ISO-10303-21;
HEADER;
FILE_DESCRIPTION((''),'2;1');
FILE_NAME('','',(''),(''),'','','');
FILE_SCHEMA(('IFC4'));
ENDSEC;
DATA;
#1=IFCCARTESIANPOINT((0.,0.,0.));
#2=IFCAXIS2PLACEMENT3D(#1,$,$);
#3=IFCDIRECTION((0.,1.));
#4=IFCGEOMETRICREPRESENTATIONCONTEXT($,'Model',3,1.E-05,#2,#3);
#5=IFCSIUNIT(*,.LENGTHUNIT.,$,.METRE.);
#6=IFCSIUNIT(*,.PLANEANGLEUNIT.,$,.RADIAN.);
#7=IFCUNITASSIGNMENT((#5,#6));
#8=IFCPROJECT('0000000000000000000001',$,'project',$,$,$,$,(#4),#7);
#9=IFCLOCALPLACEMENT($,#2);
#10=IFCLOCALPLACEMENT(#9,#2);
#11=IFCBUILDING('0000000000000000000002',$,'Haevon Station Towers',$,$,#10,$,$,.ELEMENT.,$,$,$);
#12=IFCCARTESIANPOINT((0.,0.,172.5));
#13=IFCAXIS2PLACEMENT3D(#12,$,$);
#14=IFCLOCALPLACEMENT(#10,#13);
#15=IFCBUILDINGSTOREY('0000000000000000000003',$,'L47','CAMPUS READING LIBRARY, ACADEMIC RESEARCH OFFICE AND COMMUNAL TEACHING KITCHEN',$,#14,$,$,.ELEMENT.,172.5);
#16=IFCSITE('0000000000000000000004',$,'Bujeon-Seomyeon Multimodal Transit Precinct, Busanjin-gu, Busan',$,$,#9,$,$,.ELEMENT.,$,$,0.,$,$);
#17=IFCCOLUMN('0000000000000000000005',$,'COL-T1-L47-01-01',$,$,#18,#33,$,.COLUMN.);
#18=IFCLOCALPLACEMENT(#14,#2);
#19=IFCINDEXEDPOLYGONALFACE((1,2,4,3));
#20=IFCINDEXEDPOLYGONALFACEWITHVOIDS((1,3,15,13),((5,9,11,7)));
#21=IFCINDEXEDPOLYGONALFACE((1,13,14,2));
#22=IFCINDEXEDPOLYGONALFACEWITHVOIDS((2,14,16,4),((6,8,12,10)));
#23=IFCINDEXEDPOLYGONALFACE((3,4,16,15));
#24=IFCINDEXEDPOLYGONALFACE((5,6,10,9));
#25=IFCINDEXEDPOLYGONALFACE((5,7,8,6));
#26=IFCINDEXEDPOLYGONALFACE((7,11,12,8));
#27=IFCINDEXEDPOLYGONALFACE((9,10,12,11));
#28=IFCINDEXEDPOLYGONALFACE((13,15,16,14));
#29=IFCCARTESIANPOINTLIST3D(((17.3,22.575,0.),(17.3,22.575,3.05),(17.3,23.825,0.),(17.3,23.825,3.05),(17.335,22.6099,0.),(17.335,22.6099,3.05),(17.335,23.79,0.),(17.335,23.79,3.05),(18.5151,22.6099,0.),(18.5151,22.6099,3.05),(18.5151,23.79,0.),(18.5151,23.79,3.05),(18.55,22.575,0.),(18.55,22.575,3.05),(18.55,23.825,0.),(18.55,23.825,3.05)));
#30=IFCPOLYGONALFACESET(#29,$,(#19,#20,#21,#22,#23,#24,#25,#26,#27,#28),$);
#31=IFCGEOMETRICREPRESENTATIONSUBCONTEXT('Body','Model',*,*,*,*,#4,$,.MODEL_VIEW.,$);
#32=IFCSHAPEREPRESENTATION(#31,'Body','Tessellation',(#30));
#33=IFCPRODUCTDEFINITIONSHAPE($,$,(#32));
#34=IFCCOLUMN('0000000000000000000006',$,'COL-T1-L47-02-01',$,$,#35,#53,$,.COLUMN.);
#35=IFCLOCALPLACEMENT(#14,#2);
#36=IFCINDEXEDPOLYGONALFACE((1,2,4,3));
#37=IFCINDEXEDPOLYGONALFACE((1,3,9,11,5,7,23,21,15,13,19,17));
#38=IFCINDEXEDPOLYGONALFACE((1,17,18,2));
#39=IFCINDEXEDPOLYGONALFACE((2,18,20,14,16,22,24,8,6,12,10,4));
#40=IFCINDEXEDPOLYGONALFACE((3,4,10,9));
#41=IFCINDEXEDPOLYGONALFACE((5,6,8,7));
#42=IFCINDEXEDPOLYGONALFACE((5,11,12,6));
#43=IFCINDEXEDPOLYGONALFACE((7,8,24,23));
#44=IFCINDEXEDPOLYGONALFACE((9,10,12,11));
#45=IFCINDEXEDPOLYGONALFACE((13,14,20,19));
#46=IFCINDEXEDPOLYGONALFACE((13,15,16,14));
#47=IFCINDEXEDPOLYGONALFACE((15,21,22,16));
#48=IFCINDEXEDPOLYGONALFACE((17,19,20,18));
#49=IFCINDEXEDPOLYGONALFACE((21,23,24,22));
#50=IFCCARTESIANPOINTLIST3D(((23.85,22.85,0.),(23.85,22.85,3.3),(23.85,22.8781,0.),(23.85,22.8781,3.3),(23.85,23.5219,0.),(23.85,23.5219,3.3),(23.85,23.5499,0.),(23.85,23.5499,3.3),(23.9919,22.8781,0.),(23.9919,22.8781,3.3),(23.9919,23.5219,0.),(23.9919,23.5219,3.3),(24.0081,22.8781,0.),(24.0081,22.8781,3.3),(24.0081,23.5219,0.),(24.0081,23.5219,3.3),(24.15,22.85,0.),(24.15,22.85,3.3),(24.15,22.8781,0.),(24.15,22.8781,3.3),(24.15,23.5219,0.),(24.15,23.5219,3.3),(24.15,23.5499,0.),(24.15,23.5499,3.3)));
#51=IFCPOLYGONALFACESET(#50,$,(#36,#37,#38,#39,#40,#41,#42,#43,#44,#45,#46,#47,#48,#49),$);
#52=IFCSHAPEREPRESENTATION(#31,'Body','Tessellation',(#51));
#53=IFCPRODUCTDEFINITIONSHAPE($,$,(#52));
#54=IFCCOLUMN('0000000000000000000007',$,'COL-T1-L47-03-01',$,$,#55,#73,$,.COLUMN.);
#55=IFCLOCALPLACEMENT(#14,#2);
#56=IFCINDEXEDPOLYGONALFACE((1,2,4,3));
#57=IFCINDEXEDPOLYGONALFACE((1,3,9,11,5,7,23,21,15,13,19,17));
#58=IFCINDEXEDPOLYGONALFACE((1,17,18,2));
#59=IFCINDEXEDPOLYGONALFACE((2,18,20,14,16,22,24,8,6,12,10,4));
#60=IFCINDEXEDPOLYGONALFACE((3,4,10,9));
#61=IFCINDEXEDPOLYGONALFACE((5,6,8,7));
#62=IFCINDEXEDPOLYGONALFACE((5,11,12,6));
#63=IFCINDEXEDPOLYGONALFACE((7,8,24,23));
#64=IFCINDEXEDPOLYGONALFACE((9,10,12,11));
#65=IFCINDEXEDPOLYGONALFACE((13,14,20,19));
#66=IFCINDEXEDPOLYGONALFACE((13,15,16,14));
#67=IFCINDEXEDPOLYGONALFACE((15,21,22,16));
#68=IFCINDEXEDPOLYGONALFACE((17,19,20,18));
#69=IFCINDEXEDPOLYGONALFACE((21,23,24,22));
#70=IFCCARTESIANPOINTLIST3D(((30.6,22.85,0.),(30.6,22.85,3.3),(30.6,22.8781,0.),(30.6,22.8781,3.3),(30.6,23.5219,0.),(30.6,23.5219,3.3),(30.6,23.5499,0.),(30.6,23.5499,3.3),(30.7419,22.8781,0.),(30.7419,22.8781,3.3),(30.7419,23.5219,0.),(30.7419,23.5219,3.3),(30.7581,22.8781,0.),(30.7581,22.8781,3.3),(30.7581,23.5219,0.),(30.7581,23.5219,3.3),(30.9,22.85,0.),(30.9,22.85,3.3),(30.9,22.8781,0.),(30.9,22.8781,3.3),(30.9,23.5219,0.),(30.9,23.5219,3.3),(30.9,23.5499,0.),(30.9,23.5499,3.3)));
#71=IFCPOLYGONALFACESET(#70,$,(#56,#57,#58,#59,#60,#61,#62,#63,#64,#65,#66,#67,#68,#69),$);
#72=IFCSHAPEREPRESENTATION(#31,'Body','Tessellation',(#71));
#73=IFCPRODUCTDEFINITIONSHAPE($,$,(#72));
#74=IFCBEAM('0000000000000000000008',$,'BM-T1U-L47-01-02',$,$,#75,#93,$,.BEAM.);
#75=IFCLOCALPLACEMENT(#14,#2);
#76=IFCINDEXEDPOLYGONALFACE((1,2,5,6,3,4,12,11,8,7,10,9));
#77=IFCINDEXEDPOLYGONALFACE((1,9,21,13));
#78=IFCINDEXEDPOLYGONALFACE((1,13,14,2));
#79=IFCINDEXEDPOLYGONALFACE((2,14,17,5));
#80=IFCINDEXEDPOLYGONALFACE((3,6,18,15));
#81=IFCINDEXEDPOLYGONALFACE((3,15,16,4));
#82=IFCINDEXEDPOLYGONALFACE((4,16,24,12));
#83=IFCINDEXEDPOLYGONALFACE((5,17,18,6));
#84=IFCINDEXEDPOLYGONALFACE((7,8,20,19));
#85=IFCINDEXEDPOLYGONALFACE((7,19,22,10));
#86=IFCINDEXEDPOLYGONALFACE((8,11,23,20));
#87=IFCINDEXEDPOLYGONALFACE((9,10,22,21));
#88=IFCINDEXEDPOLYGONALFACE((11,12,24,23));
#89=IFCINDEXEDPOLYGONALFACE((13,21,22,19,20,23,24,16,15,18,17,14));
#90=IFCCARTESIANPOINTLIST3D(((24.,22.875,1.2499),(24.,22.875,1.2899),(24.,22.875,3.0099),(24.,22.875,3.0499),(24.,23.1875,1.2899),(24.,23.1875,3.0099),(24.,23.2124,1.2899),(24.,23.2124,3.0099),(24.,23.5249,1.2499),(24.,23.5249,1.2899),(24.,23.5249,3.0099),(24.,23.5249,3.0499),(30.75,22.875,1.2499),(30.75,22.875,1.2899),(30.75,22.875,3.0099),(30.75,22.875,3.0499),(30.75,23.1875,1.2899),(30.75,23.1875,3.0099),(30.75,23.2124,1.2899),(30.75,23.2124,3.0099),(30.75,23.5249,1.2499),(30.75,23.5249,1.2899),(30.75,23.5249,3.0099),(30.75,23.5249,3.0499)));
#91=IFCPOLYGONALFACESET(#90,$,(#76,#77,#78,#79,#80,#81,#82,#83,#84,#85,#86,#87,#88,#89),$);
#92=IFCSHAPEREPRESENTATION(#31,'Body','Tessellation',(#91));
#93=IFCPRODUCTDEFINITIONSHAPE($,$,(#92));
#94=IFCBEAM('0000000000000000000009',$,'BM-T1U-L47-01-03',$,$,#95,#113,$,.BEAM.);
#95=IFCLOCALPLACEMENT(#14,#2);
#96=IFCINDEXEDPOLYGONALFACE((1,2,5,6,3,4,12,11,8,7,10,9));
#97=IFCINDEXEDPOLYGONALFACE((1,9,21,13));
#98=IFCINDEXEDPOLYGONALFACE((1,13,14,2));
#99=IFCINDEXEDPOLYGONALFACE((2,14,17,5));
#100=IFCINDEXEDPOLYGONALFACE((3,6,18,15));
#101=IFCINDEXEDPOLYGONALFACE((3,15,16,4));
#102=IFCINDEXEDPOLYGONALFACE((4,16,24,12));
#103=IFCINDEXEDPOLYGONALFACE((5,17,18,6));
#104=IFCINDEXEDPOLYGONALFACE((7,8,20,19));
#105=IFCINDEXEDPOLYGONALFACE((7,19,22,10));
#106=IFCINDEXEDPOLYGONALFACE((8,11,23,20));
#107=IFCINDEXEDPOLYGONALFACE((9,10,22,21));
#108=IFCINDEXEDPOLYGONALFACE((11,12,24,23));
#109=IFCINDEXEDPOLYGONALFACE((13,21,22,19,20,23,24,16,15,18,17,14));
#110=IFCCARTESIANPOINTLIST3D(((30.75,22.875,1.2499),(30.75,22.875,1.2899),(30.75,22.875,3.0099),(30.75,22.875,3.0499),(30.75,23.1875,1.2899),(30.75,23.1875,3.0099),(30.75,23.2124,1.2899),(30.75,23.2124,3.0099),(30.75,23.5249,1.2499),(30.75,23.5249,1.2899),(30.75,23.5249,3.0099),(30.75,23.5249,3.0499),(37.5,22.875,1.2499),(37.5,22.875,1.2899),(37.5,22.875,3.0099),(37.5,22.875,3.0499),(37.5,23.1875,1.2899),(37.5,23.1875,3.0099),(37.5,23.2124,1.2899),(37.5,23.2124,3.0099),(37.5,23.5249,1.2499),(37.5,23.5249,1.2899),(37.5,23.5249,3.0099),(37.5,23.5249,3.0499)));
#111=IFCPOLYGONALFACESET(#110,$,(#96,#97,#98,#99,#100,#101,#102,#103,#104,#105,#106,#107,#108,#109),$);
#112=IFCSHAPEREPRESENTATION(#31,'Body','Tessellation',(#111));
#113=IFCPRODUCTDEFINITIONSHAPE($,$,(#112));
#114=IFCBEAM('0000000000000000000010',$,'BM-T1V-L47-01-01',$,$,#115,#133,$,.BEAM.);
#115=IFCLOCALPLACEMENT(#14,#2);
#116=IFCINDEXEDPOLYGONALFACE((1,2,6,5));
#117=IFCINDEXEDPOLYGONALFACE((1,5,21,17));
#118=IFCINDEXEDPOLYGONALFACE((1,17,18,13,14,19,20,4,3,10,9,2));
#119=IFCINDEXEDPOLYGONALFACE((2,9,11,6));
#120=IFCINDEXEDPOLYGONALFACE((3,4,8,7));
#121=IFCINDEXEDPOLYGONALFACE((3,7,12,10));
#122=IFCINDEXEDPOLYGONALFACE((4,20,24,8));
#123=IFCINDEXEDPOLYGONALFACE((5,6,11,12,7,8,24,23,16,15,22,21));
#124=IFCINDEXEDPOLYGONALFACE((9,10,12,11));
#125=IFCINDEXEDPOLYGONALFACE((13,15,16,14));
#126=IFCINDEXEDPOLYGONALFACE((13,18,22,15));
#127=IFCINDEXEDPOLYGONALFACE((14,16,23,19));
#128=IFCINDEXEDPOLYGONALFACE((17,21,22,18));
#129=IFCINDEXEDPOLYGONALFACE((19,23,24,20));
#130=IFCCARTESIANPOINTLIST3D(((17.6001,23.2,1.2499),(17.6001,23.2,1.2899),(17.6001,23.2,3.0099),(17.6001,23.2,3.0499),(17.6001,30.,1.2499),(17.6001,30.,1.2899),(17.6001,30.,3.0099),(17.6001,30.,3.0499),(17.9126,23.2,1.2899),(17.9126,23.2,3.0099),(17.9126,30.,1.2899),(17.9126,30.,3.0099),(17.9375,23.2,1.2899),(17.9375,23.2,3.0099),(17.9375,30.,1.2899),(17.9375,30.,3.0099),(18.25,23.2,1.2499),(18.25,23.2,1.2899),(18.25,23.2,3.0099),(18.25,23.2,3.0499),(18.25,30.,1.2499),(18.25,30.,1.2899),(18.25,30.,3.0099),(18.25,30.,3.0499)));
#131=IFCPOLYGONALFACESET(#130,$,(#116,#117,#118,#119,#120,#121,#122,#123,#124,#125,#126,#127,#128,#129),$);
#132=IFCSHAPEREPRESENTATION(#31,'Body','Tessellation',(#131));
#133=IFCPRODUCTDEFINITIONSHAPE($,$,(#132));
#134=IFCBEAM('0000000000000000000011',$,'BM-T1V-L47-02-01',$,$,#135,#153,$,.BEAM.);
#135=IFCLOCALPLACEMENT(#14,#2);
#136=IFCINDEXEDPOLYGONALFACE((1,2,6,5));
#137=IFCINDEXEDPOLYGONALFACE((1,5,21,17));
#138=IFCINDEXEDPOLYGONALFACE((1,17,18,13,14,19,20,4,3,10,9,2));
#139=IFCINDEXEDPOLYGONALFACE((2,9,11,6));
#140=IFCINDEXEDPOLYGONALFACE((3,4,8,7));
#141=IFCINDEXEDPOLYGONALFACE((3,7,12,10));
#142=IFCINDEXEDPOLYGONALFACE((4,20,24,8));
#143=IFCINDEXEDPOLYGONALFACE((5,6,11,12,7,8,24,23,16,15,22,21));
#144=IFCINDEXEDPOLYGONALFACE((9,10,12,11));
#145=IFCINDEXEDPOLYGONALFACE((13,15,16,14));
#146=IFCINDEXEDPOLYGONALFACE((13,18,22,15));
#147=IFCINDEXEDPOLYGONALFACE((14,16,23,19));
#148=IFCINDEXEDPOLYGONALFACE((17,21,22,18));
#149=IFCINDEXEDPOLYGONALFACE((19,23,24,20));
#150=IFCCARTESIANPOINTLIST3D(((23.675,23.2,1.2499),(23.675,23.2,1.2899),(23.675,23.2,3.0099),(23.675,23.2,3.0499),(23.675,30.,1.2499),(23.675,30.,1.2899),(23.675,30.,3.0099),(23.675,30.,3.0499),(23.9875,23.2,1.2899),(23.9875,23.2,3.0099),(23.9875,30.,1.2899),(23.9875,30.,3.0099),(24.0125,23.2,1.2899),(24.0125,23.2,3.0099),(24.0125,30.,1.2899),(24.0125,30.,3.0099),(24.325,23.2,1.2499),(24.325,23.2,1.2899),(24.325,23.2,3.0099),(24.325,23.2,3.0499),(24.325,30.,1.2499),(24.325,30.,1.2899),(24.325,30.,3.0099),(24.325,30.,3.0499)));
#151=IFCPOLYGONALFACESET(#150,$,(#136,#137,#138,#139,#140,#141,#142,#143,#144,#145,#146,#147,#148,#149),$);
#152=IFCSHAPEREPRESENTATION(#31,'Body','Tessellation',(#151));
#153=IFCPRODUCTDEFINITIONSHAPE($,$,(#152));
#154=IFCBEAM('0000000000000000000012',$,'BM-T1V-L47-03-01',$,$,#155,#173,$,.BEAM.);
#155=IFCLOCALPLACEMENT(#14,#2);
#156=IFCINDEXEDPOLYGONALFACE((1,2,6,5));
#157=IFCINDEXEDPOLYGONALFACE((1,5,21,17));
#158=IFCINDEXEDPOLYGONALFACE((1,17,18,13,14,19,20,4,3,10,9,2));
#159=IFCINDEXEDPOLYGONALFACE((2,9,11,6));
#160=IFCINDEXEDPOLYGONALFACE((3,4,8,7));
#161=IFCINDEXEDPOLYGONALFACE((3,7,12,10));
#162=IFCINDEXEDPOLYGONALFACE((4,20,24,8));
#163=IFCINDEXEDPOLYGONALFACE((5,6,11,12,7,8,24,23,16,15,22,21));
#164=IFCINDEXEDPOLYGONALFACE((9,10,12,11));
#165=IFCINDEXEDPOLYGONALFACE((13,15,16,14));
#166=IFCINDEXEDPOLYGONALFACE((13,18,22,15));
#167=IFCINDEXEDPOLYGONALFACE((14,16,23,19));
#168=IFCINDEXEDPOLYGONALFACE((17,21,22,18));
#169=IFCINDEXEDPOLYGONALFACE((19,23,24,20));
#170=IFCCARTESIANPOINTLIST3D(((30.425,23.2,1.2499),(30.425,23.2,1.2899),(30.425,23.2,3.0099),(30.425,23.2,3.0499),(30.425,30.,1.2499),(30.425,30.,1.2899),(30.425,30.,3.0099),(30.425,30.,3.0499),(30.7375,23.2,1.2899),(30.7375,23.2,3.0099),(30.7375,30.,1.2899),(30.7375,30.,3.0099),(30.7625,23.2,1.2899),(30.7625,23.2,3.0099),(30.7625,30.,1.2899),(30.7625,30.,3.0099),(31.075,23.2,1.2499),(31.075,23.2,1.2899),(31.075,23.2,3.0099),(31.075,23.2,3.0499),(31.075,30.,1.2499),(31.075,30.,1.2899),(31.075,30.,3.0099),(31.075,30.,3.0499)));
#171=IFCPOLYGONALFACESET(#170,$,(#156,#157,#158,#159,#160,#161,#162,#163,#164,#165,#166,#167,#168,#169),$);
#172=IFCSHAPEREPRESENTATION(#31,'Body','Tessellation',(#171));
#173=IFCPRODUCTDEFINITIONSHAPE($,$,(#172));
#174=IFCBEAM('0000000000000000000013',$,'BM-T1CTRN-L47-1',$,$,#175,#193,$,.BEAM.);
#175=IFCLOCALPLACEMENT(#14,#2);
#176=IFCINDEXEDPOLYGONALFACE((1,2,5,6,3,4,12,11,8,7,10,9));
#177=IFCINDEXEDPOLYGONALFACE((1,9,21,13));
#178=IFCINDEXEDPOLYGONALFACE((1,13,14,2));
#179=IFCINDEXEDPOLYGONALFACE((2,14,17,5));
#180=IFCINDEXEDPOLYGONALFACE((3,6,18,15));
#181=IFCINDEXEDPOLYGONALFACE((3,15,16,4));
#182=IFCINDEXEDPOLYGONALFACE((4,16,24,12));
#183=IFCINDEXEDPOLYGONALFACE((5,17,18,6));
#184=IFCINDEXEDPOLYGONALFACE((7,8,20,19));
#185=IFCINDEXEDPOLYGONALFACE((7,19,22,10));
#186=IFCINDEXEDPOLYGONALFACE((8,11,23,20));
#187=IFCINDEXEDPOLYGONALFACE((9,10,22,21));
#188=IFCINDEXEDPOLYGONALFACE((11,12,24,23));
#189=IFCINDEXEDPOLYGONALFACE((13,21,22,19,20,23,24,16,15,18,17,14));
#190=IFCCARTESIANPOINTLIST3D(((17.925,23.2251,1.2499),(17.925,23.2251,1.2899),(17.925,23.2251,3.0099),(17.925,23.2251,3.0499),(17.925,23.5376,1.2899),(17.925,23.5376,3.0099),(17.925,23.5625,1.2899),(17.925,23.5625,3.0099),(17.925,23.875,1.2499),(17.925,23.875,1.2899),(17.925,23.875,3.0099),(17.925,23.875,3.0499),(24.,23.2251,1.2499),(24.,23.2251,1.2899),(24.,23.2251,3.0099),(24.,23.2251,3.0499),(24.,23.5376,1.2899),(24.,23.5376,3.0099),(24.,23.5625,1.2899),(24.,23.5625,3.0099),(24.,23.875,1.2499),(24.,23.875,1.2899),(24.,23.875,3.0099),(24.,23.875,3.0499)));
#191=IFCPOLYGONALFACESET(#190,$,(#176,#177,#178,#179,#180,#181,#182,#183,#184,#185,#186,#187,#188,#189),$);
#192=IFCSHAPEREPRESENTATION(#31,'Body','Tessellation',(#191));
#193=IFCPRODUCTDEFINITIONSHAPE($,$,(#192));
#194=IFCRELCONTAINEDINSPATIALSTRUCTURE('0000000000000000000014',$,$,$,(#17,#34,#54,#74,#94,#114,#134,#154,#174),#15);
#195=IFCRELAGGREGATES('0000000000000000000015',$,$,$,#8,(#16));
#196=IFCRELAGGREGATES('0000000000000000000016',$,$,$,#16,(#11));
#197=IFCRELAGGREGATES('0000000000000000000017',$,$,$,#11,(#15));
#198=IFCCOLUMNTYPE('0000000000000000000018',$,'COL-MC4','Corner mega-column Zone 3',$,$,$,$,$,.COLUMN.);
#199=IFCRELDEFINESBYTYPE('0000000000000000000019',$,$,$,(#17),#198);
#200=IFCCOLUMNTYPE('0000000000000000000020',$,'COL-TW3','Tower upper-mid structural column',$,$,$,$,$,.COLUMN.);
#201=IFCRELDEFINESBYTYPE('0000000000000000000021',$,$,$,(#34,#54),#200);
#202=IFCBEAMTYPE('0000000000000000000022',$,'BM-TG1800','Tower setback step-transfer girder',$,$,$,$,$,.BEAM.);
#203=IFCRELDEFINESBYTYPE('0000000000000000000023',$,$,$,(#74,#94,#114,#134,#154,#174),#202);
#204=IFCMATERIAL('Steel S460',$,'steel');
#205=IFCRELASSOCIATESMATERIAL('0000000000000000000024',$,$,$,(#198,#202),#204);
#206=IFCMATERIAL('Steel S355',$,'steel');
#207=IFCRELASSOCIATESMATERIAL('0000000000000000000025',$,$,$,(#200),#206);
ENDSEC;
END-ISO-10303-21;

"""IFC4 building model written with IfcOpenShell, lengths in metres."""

from ifc_helpers import new_model, si_unit, direction, frame, origin, origin_2d, place, context, subcontext, project, spatial, hollow_rectangle, i_section, extrude, material, material_profile, profile_set, type_object, element, save


model = new_model("IFC4")

# Units and contexts
model_context = context("Model", 3, precision=1e-05, world=origin(), true_north=direction((0.0, 1.0)))
body_context = subcontext(model_context, "Body", "Model", "MODEL_VIEW")
ifc_project = project(units=[si_unit("LENGTHUNIT", "METRE"), si_unit("PLANEANGLEUNIT", "RADIAN")], contexts=[model_context])

# Site, building, storey
site_placement = place(None, origin())
site = spatial("IfcSite", under=ifc_project, at=site_placement, Name="Bujeon-Seomyeon Multimodal Transit Precinct, Busanjin-gu, Busan", CompositionType="ELEMENT", RefElevation=0.0)
building_placement = place(site_placement, origin())
building = spatial("IfcBuilding", under=site, at=building_placement, Name="Haevon Station Towers", CompositionType="ELEMENT")
storey_placement = place(building_placement, frame((0.0, 0.0, 172.5)))
storey = spatial("IfcBuildingStorey", under=building, at=storey_placement, Name="L47", Description="CAMPUS READING LIBRARY, ACADEMIC RESEARCH OFFICE AND COMMUNAL TEACHING KITCHEN", CompositionType="ELEMENT", Elevation=172.5)

# Columns
ifc_material_1 = material(Name="Steel S460", Category="steel")
ifc_material_profile_1 = material_profile(ifc_material_1, hollow_rectangle(XDim=1.25, YDim=1.25, WallThickness=0.0349, at=origin_2d()), Name="BOX-1250x1250x35")
ifc_profile_set_1 = profile_set([ifc_material_profile_1], Name="Steel S460")
column_type_1 = type_object("IfcColumnType", Name="COL-MC4", Description="Corner mega-column Zone 3", PredefinedType="COLUMN", material=ifc_profile_set_1)
column_placement = place(storey_placement, frame((17.925, 23.2, 0.0), z_axis=(0.0, 0.0, 1.0), x_axis=(1.0, 0.0, 0.0)))
element("IfcColumn", 1, at=column_placement, inside=storey, type_object=column_type_1, Name="COL-T1-L47-01-01", PredefinedType="COLUMN", context=body_context, shape_type="SweptSolid", body=[
    extrude(hollow_rectangle(XDim=1.25, YDim=1.25, WallThickness=0.0349, at=origin_2d()), origin(), (0.0, 0.0, 1.0), 3.05),
])
ifc_material_2 = material(Name="Steel S355", Category="steel")
ifc_material_profile_2 = material_profile(ifc_material_2, i_section(OverallWidth=0.3, OverallDepth=0.7, WebThickness=0.0161, FlangeThickness=0.0281, at=origin_2d()), Name="H-700x300x16x28")
ifc_profile_set_2 = profile_set([ifc_material_profile_2], Name="Steel S355")
column_type_2 = type_object("IfcColumnType", Name="COL-TW3", Description="Tower upper-mid structural column", PredefinedType="COLUMN", material=ifc_profile_set_2)
for number, where, z_axis, x_axis, name in (
    (2, (24.0, 23.2, 0.0), (0.0, 0.0, 1.0), (1.0, 0.0, 0.0), "COL-T1-L47-02-01"),
    (3, (30.75, 23.2, 0.0), (0.0, 0.0, 1.0), (1.0, 0.0, 0.0), "COL-T1-L47-03-01"),
):
    element("IfcColumn", number, at=place(storey_placement, frame(where, z_axis=z_axis, x_axis=x_axis)), inside=storey, type_object=column_type_2, Name=name, PredefinedType="COLUMN", context=body_context, shape_type="SweptSolid", body=[
        extrude(i_section(OverallWidth=0.3, OverallDepth=0.7, WebThickness=0.0161, FlangeThickness=0.0281, at=origin_2d()), origin(), (0.0, 0.0, 1.0), 3.3),
    ])

# Beams
ifc_material_profile_3 = material_profile(ifc_material_1, i_section(OverallWidth=0.6499, OverallDepth=1.8, WebThickness=0.0249, FlangeThickness=0.04, at=origin_2d()), Name="H-1800x650x25x40")
ifc_profile_set_3 = profile_set([ifc_material_profile_3], Name="Steel S460")
beam_type = type_object("IfcBeamType", Name="BM-TG1800", Description="Tower setback step-transfer girder", PredefinedType="BEAM", material=ifc_profile_set_3)
for number, where, z_axis, x_axis, name in (
    (4, (24.0, 23.2, 2.1499), (1.0, 0.0, 0.0), (0.0, 1.0, 0.0), "BM-T1U-L47-01-02"),
    (5, (30.75, 23.2, 2.1499), (1.0, 0.0, 0.0), (0.0, 1.0, 0.0), "BM-T1U-L47-01-03"),
):
    element("IfcBeam", number, at=place(storey_placement, frame(where, z_axis=z_axis, x_axis=x_axis)), inside=storey, type_object=beam_type, Name=name, PredefinedType="BEAM", context=body_context, shape_type="SweptSolid", body=[
        extrude(i_section(OverallWidth=0.6499, OverallDepth=1.8, WebThickness=0.0249, FlangeThickness=0.04, at=origin_2d()), origin(), (0.0, 0.0, 1.0), 6.75),
    ])
for number, where, z_axis, x_axis, name in (
    (6, (17.925, 23.2, 2.1499), (0.0, 1.0, 0.0), (-1.0, 0.0, 0.0), "BM-T1V-L47-01-01"),
    (7, (24.0, 23.2, 2.1499), (0.0, 1.0, 0.0), (-1.0, 0.0, 0.0), "BM-T1V-L47-02-01"),
    (8, (30.75, 23.2, 2.1499), (0.0, 1.0, 0.0), (-1.0, 0.0, 0.0), "BM-T1V-L47-03-01"),
):
    element("IfcBeam", number, at=place(storey_placement, frame(where, z_axis=z_axis, x_axis=x_axis)), inside=storey, type_object=beam_type, Name=name, PredefinedType="BEAM", context=body_context, shape_type="SweptSolid", body=[
        extrude(i_section(OverallWidth=0.6499, OverallDepth=1.8, WebThickness=0.0249, FlangeThickness=0.04, at=origin_2d()), origin(), (0.0, 0.0, 1.0), 6.8),
    ])
beam_placement = place(storey_placement, frame((17.925, 23.55, 2.1499), z_axis=(1.0, 0.0, 0.0), x_axis=(0.0, 1.0, 0.0)))
element("IfcBeam", 9, at=beam_placement, inside=storey, type_object=beam_type, Name="BM-T1CTRN-L47-1", PredefinedType="BEAM", context=body_context, shape_type="SweptSolid", body=[
    extrude(i_section(OverallWidth=0.6499, OverallDepth=1.8, WebThickness=0.0249, FlangeThickness=0.04, at=origin_2d()), origin(), (0.0, 0.0, 1.0), 6.075),
])

save(model, "model.ifc")
